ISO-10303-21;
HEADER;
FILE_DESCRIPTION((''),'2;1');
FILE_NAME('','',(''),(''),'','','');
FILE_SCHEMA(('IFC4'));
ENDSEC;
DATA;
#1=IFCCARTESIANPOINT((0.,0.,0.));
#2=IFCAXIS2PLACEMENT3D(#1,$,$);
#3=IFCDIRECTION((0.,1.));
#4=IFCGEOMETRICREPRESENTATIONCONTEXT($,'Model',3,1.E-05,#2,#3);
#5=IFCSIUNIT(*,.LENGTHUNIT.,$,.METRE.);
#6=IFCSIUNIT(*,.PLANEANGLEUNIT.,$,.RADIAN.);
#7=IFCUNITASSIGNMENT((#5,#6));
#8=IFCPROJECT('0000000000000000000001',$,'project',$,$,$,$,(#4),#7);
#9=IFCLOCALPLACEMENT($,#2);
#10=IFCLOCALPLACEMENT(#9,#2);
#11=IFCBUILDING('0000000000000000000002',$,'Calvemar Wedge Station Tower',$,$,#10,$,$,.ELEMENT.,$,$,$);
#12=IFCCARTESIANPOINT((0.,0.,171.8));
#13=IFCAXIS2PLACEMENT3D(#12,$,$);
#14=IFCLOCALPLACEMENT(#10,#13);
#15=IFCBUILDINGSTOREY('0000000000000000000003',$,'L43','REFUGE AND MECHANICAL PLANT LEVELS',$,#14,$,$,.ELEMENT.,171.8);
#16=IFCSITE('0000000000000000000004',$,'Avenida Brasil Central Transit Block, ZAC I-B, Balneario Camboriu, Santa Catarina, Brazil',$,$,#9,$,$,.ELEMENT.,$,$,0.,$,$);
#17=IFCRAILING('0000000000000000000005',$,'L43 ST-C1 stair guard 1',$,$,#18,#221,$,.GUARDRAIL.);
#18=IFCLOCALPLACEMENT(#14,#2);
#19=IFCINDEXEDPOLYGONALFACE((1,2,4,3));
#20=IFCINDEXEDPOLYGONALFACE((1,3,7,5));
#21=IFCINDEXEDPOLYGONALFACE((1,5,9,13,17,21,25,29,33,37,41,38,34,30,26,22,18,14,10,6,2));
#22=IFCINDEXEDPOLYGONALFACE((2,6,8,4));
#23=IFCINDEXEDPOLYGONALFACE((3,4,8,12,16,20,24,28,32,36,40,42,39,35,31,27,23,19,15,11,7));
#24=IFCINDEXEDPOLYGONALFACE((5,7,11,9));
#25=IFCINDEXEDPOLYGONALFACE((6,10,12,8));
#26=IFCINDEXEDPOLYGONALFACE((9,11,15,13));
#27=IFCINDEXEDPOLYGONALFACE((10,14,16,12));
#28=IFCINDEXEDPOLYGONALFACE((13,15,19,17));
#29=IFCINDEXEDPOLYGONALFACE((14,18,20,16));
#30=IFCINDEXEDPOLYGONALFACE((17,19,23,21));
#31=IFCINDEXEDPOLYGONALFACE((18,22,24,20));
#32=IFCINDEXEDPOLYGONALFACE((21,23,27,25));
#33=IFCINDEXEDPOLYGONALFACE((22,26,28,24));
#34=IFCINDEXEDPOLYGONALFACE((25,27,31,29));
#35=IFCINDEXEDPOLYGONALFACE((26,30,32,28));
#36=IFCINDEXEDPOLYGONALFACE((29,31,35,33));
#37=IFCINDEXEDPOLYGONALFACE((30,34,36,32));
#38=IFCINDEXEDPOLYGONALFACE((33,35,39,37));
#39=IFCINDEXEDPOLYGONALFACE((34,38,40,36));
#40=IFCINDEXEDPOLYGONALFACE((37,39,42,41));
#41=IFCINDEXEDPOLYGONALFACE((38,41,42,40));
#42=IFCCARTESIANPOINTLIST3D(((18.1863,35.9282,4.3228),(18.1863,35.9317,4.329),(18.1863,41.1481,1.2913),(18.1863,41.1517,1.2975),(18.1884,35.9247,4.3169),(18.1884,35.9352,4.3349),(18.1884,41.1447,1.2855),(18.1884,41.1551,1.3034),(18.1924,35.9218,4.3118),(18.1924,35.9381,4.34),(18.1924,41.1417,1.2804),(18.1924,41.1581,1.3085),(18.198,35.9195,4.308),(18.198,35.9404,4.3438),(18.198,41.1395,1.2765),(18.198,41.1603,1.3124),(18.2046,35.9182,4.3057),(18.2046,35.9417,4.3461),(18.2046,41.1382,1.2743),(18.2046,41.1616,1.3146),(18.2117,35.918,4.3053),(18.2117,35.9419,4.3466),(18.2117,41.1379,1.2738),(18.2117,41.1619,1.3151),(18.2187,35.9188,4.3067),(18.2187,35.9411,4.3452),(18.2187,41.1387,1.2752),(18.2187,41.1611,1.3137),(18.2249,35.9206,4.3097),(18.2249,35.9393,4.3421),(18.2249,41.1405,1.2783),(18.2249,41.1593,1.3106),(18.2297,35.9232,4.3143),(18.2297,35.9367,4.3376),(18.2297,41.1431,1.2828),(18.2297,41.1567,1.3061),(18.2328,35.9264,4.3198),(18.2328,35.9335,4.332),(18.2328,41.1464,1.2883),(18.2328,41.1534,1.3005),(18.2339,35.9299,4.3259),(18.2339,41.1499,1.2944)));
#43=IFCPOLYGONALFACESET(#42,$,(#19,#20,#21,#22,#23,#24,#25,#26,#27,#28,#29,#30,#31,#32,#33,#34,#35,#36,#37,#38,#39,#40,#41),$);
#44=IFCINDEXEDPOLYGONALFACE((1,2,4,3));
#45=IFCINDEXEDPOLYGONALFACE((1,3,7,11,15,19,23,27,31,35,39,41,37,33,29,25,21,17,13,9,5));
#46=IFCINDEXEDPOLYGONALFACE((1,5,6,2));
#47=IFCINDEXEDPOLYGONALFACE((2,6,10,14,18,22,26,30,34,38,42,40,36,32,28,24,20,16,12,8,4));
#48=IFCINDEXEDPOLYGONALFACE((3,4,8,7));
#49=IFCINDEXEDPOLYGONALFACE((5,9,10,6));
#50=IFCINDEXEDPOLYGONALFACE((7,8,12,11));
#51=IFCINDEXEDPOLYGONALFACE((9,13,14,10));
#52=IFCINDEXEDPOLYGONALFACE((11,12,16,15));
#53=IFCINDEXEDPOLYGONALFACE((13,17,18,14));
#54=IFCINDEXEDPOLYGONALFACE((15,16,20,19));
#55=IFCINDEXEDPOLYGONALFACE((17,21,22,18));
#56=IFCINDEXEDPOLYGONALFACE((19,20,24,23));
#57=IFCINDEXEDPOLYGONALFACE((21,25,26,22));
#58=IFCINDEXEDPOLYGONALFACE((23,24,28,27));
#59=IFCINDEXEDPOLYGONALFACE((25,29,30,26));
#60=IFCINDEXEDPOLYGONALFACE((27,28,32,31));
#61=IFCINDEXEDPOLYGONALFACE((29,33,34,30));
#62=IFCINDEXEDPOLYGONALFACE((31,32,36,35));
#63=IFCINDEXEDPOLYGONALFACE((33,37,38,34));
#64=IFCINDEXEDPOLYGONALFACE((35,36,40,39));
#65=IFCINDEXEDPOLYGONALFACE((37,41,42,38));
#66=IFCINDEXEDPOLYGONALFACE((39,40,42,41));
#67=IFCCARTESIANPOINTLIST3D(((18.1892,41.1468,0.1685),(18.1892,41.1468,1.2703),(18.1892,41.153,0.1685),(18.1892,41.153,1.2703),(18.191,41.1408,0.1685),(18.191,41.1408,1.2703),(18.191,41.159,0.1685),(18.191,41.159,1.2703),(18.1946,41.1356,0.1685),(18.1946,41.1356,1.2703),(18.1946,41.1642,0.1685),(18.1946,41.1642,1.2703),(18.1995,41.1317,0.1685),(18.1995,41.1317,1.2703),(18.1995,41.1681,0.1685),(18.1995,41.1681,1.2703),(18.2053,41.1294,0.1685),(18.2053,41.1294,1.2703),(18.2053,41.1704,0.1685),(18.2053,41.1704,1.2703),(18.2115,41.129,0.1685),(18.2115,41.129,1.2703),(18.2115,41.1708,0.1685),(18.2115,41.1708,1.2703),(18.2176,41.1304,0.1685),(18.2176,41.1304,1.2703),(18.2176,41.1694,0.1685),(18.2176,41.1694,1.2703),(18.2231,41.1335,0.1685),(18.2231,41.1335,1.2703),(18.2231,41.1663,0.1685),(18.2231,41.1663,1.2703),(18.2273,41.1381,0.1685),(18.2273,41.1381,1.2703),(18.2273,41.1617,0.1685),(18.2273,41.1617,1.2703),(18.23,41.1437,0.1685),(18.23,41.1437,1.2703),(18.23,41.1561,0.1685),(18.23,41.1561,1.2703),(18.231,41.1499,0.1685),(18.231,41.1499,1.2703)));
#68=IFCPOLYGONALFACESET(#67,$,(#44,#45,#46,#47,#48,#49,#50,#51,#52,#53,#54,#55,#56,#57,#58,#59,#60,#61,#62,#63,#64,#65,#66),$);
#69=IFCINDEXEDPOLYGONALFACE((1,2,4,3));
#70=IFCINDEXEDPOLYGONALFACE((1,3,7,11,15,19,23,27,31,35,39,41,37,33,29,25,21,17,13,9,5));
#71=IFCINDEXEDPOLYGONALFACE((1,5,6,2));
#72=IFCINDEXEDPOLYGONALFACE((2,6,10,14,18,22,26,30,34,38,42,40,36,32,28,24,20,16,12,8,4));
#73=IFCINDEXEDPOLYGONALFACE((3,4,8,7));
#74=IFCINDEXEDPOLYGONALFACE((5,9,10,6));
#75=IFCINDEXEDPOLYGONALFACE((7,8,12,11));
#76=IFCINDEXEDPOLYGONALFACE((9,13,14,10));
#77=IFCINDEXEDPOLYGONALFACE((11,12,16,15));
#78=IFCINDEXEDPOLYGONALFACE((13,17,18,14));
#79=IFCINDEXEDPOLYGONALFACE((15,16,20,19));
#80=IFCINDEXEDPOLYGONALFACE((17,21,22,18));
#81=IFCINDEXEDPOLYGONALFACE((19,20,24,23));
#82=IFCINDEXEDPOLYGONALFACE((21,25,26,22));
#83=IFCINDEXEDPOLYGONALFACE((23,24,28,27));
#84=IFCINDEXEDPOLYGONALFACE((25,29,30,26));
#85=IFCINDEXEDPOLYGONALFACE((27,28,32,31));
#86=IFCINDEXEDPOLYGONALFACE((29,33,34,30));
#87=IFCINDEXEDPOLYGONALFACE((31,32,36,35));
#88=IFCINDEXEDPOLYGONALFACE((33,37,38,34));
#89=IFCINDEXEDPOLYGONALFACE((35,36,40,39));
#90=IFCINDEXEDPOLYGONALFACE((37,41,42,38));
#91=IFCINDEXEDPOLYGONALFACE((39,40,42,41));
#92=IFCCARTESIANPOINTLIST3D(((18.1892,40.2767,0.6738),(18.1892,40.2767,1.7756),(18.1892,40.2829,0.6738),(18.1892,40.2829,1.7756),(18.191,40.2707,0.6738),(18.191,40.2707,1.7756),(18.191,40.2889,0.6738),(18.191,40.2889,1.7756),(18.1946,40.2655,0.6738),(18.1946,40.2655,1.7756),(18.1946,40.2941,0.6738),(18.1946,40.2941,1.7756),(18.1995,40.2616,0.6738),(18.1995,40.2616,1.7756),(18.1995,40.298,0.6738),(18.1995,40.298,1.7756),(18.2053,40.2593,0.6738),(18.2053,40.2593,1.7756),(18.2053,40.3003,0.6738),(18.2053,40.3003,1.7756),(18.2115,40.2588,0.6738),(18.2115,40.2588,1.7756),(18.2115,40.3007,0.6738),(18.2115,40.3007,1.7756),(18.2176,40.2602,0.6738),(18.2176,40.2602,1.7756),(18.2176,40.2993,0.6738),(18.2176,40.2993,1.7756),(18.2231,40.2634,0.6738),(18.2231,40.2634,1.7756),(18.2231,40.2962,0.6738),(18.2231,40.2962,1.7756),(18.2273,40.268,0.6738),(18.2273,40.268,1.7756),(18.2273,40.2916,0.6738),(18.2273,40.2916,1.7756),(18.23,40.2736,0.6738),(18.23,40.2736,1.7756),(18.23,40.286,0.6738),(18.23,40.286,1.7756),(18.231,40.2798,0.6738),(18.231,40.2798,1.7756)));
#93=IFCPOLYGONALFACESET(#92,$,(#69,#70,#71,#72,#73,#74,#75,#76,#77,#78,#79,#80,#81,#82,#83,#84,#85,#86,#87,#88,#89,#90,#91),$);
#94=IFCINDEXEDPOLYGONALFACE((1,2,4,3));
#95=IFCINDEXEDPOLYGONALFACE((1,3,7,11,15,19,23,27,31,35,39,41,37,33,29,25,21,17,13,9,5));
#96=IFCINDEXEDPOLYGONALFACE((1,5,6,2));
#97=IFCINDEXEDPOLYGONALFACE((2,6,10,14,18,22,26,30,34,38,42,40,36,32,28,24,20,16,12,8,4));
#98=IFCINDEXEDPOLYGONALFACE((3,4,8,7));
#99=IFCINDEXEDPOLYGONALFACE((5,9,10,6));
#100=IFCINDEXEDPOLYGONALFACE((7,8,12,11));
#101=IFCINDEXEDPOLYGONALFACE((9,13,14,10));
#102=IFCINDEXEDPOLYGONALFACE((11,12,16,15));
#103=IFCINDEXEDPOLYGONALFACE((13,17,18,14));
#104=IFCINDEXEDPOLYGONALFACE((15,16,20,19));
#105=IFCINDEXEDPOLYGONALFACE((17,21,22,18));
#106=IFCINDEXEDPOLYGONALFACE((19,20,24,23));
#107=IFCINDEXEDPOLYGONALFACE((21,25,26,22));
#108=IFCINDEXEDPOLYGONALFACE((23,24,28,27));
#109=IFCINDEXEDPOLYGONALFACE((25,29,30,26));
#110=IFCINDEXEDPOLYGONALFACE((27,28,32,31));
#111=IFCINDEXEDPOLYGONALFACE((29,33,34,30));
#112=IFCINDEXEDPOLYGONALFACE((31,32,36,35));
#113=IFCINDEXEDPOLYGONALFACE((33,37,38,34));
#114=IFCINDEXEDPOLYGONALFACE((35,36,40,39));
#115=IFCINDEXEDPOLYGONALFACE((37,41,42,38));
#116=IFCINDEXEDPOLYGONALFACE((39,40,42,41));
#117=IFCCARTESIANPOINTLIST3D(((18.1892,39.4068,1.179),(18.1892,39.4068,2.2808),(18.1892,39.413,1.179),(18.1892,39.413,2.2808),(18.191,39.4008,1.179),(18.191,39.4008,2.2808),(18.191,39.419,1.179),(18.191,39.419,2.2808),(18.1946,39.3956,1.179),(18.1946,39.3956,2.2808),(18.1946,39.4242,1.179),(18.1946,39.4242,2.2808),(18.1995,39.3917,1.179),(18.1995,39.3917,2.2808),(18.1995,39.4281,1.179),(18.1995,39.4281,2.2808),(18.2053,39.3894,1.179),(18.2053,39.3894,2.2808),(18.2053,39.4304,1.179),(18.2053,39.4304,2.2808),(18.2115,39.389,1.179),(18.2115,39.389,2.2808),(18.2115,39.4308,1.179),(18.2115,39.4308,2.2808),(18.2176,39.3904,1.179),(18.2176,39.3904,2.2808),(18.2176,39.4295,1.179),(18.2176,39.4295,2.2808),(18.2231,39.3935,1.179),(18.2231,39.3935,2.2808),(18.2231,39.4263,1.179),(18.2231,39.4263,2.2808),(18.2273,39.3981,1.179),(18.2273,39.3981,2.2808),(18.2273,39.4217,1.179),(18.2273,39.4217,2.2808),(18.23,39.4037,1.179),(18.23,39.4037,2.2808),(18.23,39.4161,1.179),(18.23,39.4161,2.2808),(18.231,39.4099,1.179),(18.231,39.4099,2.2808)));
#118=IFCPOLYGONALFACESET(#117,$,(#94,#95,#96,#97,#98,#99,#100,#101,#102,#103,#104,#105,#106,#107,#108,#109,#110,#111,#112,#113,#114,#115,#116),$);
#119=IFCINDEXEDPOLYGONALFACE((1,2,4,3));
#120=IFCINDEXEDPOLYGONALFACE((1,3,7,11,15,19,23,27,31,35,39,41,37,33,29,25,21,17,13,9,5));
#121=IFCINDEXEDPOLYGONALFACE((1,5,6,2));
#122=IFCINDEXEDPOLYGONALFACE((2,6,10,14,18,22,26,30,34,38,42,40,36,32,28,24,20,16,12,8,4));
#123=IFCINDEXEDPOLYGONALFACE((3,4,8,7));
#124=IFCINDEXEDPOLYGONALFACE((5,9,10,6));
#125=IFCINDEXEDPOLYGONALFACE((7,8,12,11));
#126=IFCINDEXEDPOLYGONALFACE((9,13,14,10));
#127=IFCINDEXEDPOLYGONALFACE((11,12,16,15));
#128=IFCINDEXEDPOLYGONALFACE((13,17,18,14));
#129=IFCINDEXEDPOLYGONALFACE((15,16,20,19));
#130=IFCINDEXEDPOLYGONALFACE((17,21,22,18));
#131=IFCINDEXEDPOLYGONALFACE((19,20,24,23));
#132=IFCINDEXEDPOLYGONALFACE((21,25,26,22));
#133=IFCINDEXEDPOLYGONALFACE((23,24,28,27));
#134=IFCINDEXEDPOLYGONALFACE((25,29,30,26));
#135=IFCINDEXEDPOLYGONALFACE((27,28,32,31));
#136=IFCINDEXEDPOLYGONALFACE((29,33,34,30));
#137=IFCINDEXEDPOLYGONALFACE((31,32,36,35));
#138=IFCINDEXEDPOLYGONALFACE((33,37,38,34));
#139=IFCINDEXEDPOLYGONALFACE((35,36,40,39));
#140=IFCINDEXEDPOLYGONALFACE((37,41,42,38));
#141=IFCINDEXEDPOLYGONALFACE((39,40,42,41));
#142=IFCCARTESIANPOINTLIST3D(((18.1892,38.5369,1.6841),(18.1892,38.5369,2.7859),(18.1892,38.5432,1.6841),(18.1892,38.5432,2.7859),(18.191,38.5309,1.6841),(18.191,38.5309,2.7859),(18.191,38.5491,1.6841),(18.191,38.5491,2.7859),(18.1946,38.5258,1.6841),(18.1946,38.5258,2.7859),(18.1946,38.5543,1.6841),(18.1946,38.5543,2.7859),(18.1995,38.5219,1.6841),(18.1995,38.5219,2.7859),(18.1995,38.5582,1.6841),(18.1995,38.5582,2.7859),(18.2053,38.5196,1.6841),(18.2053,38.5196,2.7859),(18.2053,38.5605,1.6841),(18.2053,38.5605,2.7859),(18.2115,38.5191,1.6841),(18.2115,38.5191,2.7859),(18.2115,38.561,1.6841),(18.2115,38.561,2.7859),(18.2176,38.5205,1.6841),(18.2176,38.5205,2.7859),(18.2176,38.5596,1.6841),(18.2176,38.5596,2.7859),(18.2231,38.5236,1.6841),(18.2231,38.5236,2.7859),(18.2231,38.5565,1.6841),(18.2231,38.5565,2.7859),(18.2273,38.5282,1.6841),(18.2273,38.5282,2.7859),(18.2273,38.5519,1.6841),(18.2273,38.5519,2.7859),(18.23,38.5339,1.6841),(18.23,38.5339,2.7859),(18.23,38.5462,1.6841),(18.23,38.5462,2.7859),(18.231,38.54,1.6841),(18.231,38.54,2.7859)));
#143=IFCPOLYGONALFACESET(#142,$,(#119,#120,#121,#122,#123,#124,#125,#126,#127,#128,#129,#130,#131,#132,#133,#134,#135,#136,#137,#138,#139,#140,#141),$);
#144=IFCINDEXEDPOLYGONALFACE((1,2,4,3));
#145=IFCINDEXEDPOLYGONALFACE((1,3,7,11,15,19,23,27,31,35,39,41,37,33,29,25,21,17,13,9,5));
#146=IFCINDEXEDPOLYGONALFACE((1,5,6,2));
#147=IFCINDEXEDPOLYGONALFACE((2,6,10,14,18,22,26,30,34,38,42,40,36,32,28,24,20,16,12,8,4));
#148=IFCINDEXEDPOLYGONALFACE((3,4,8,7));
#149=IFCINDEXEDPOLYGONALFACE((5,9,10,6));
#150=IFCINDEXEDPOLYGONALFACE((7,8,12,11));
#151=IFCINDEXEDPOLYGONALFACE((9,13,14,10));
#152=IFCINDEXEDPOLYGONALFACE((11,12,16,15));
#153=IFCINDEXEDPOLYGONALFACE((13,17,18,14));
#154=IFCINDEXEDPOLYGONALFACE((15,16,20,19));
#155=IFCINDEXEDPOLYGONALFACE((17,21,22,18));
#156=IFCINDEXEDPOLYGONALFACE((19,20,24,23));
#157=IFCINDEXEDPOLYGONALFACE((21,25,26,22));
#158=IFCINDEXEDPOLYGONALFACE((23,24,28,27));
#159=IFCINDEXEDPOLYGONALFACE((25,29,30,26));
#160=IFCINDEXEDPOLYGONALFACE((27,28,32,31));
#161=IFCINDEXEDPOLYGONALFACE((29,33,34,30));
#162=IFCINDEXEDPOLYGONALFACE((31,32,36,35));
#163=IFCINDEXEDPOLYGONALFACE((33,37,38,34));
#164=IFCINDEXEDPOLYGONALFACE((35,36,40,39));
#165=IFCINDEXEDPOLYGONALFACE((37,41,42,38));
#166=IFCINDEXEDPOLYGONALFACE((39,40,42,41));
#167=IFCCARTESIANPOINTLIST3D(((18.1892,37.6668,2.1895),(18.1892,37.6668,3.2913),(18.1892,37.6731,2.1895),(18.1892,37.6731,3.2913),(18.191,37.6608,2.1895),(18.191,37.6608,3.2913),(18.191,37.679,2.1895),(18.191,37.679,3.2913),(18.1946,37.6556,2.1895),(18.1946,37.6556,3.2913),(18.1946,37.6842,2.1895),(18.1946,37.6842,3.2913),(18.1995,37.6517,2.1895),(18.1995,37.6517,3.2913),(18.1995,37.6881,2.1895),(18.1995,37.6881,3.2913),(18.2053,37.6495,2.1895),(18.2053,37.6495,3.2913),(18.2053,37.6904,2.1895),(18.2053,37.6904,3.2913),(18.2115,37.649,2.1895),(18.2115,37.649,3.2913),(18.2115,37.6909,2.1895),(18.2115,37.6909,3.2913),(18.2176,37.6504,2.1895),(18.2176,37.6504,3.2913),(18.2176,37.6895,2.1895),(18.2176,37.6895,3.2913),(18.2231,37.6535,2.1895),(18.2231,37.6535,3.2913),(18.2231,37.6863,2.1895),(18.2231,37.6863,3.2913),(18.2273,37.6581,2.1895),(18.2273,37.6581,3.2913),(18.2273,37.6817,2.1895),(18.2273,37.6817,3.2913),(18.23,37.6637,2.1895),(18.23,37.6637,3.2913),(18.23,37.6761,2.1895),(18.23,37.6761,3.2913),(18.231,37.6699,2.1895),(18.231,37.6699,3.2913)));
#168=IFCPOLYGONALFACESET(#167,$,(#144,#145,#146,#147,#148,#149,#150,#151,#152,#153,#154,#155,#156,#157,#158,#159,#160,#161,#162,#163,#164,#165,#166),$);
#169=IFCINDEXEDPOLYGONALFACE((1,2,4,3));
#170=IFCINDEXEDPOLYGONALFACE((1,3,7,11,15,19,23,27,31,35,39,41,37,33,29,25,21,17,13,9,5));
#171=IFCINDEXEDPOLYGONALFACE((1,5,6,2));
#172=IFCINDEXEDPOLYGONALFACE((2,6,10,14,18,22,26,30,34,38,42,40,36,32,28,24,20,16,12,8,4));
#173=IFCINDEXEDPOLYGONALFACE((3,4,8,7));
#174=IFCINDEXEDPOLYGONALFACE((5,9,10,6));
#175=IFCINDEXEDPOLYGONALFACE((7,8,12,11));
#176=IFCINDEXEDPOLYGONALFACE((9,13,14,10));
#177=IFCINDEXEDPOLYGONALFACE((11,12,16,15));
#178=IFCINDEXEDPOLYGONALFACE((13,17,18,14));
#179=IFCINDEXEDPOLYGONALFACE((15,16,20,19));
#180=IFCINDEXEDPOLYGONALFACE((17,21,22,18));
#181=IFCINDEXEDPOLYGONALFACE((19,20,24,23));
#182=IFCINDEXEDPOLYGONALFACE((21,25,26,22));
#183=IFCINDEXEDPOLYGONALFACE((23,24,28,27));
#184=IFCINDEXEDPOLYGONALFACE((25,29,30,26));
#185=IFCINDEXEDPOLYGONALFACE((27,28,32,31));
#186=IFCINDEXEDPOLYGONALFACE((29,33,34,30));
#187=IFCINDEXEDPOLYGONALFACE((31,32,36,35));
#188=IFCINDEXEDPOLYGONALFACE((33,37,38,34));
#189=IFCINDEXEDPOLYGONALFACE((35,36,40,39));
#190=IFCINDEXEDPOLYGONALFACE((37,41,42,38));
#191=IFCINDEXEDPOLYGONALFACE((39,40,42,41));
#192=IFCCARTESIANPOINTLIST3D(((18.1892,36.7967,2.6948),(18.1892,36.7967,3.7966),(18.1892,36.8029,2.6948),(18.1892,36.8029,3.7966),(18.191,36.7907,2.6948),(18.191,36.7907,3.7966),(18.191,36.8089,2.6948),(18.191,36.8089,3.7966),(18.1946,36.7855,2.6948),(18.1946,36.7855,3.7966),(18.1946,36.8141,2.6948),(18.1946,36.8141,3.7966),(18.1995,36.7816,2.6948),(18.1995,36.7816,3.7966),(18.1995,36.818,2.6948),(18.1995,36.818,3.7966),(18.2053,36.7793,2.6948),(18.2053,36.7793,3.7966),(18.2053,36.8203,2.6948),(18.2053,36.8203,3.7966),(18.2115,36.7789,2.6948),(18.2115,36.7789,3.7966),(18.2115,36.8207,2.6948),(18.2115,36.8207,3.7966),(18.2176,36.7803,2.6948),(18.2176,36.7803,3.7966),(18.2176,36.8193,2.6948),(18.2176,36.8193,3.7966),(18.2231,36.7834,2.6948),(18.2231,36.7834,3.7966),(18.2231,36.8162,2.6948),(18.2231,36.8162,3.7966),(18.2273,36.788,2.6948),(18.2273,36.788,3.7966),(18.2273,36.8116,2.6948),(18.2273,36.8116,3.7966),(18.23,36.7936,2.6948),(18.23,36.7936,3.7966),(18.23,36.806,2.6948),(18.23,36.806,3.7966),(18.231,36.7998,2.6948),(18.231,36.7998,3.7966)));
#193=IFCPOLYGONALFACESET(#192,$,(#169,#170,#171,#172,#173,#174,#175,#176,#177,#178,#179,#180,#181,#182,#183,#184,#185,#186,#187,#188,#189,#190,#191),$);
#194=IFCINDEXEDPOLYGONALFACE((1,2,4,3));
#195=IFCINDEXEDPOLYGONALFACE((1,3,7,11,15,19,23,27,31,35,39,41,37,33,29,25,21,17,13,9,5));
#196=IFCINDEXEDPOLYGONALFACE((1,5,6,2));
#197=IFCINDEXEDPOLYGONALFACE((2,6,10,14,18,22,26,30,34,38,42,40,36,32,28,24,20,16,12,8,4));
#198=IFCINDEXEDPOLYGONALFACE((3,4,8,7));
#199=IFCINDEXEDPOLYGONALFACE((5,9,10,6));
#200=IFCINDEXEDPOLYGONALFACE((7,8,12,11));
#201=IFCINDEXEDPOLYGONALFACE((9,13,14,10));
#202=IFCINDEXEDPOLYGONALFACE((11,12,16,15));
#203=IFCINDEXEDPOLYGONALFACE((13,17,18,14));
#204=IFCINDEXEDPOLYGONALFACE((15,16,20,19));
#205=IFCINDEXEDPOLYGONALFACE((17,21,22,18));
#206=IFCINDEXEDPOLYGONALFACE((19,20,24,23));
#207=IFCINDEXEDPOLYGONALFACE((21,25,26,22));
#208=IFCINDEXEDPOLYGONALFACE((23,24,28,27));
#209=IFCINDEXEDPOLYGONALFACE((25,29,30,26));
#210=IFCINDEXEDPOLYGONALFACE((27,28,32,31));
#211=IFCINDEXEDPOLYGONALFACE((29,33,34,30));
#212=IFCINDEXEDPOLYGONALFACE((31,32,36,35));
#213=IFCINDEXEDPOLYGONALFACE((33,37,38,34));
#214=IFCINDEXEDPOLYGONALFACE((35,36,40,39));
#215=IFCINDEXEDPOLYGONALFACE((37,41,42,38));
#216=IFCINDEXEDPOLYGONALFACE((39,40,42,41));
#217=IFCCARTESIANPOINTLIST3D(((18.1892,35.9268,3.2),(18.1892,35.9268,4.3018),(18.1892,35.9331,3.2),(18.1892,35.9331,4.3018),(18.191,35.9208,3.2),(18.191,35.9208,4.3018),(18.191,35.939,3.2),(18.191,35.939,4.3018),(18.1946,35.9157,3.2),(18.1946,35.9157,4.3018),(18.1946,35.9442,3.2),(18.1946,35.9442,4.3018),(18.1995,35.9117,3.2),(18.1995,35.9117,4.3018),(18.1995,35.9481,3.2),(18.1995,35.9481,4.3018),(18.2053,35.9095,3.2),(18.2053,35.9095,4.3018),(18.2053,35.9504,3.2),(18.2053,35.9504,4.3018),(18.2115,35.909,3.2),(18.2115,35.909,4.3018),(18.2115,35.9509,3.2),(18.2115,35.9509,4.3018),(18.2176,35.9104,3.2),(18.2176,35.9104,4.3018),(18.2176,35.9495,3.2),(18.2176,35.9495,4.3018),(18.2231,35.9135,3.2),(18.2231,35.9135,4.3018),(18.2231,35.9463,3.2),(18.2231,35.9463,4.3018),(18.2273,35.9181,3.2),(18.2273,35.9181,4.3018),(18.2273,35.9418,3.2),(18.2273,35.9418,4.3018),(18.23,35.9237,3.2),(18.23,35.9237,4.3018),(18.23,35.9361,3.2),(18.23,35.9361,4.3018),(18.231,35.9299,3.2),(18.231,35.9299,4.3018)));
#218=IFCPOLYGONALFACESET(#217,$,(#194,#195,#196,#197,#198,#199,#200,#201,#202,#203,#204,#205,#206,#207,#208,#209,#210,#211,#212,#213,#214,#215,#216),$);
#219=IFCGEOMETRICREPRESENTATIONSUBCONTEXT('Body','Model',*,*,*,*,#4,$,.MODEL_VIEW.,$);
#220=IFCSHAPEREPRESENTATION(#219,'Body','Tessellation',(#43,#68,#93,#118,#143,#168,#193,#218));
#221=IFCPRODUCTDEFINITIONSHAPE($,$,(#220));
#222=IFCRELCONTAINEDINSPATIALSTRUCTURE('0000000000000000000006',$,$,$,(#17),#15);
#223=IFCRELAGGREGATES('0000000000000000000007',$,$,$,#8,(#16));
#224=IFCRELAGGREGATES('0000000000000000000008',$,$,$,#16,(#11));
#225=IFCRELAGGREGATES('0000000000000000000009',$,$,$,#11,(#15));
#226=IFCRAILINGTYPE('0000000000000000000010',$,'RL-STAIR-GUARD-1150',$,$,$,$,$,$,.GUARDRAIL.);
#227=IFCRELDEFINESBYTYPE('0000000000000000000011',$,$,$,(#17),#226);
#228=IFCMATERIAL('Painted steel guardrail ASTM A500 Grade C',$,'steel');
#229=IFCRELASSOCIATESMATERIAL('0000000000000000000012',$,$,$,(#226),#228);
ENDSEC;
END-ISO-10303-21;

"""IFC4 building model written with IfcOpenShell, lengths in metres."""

from ifc_helpers import new_model, si_unit, direction, frame, origin, origin_2d, place, context, subcontext, project, spatial, circle, extrude, material, type_object, element, save


model = new_model("IFC4")

# Units and contexts
model_context = context("Model", 3, precision=1e-05, world=origin(), true_north=direction((0.0, 1.0)))
body_context = subcontext(model_context, "Body", "Model", "MODEL_VIEW")
ifc_project = project(units=[si_unit("LENGTHUNIT", "METRE"), si_unit("PLANEANGLEUNIT", "RADIAN")], contexts=[model_context])

# Site, building, storey
site_placement = place(None, origin())
site = spatial("IfcSite", under=ifc_project, at=site_placement, Name="Avenida Brasil Central Transit Block, ZAC I-B, Balneario Camboriu, Santa Catarina, Brazil", CompositionType="ELEMENT", RefElevation=0.0)
building_placement = place(site_placement, origin())
building = spatial("IfcBuilding", under=site, at=building_placement, Name="Calvemar Wedge Station Tower", CompositionType="ELEMENT")
storey_placement = place(building_placement, frame((0.0, 0.0, 171.8)))
storey = spatial("IfcBuildingStorey", under=building, at=storey_placement, Name="L43", Description="REFUGE AND MECHANICAL PLANT LEVELS", CompositionType="ELEMENT", Elevation=171.8)

# Railing
ifc_material_1 = material(Name="Painted steel guardrail ASTM A500 Grade C", Category="steel")
railing_type_1 = type_object("IfcRailingType", Name="RL-STAIR-GUARD-1150", PredefinedType="GUARDRAIL", material=ifc_material_1)
railing_1_placement = place(storey_placement, frame((18.21, 41.1499, 0.1685)))
element("IfcRailing", 1, at=railing_1_placement, inside=storey, type_object=railing_type_1, Name="L43 ST-C1 stair guard 1", PredefinedType="GUARDRAIL", context=body_context, shape_type="SweptSolid", body=[
    extrude(circle(Radius=0.0239, at=origin_2d()), frame((0.0, 0.0, 1.126), z_axis=(0.0, -0.86475, 0.502203), x_axis=(1.0, 0.0, 0.0)), (0.0, 0.0, 1.0), 6.0364),
    extrude(circle(Radius=0.021, at=origin_2d()), origin(), (0.0, 0.0, 1.0), 1.1018),
    extrude(circle(Radius=0.021, at=origin_2d()), frame((0.0, -0.8701, 0.5054)), (0.0, 0.0, 1.0), 1.1018),
    extrude(circle(Radius=0.021, at=origin_2d()), frame((0.0, -1.74, 1.0105)), (0.0, 0.0, 1.0), 1.1018),
    extrude(circle(Radius=0.021, at=origin_2d()), frame((0.0, -2.6099, 1.5156)), (0.0, 0.0, 1.0), 1.1018),
    extrude(circle(Radius=0.021, at=origin_2d()), frame((0.0, -3.48, 2.021)), (0.0, 0.0, 1.0), 1.1018),
    extrude(circle(Radius=0.021, at=origin_2d()), frame((0.0, -4.3501, 2.5264)), (0.0, 0.0, 1.0), 1.1018),
    extrude(circle(Radius=0.021, at=origin_2d()), frame((0.0, -5.22, 3.0315)), (0.0, 0.0, 1.0), 1.1018),
])

save(model, "model.ifc")
